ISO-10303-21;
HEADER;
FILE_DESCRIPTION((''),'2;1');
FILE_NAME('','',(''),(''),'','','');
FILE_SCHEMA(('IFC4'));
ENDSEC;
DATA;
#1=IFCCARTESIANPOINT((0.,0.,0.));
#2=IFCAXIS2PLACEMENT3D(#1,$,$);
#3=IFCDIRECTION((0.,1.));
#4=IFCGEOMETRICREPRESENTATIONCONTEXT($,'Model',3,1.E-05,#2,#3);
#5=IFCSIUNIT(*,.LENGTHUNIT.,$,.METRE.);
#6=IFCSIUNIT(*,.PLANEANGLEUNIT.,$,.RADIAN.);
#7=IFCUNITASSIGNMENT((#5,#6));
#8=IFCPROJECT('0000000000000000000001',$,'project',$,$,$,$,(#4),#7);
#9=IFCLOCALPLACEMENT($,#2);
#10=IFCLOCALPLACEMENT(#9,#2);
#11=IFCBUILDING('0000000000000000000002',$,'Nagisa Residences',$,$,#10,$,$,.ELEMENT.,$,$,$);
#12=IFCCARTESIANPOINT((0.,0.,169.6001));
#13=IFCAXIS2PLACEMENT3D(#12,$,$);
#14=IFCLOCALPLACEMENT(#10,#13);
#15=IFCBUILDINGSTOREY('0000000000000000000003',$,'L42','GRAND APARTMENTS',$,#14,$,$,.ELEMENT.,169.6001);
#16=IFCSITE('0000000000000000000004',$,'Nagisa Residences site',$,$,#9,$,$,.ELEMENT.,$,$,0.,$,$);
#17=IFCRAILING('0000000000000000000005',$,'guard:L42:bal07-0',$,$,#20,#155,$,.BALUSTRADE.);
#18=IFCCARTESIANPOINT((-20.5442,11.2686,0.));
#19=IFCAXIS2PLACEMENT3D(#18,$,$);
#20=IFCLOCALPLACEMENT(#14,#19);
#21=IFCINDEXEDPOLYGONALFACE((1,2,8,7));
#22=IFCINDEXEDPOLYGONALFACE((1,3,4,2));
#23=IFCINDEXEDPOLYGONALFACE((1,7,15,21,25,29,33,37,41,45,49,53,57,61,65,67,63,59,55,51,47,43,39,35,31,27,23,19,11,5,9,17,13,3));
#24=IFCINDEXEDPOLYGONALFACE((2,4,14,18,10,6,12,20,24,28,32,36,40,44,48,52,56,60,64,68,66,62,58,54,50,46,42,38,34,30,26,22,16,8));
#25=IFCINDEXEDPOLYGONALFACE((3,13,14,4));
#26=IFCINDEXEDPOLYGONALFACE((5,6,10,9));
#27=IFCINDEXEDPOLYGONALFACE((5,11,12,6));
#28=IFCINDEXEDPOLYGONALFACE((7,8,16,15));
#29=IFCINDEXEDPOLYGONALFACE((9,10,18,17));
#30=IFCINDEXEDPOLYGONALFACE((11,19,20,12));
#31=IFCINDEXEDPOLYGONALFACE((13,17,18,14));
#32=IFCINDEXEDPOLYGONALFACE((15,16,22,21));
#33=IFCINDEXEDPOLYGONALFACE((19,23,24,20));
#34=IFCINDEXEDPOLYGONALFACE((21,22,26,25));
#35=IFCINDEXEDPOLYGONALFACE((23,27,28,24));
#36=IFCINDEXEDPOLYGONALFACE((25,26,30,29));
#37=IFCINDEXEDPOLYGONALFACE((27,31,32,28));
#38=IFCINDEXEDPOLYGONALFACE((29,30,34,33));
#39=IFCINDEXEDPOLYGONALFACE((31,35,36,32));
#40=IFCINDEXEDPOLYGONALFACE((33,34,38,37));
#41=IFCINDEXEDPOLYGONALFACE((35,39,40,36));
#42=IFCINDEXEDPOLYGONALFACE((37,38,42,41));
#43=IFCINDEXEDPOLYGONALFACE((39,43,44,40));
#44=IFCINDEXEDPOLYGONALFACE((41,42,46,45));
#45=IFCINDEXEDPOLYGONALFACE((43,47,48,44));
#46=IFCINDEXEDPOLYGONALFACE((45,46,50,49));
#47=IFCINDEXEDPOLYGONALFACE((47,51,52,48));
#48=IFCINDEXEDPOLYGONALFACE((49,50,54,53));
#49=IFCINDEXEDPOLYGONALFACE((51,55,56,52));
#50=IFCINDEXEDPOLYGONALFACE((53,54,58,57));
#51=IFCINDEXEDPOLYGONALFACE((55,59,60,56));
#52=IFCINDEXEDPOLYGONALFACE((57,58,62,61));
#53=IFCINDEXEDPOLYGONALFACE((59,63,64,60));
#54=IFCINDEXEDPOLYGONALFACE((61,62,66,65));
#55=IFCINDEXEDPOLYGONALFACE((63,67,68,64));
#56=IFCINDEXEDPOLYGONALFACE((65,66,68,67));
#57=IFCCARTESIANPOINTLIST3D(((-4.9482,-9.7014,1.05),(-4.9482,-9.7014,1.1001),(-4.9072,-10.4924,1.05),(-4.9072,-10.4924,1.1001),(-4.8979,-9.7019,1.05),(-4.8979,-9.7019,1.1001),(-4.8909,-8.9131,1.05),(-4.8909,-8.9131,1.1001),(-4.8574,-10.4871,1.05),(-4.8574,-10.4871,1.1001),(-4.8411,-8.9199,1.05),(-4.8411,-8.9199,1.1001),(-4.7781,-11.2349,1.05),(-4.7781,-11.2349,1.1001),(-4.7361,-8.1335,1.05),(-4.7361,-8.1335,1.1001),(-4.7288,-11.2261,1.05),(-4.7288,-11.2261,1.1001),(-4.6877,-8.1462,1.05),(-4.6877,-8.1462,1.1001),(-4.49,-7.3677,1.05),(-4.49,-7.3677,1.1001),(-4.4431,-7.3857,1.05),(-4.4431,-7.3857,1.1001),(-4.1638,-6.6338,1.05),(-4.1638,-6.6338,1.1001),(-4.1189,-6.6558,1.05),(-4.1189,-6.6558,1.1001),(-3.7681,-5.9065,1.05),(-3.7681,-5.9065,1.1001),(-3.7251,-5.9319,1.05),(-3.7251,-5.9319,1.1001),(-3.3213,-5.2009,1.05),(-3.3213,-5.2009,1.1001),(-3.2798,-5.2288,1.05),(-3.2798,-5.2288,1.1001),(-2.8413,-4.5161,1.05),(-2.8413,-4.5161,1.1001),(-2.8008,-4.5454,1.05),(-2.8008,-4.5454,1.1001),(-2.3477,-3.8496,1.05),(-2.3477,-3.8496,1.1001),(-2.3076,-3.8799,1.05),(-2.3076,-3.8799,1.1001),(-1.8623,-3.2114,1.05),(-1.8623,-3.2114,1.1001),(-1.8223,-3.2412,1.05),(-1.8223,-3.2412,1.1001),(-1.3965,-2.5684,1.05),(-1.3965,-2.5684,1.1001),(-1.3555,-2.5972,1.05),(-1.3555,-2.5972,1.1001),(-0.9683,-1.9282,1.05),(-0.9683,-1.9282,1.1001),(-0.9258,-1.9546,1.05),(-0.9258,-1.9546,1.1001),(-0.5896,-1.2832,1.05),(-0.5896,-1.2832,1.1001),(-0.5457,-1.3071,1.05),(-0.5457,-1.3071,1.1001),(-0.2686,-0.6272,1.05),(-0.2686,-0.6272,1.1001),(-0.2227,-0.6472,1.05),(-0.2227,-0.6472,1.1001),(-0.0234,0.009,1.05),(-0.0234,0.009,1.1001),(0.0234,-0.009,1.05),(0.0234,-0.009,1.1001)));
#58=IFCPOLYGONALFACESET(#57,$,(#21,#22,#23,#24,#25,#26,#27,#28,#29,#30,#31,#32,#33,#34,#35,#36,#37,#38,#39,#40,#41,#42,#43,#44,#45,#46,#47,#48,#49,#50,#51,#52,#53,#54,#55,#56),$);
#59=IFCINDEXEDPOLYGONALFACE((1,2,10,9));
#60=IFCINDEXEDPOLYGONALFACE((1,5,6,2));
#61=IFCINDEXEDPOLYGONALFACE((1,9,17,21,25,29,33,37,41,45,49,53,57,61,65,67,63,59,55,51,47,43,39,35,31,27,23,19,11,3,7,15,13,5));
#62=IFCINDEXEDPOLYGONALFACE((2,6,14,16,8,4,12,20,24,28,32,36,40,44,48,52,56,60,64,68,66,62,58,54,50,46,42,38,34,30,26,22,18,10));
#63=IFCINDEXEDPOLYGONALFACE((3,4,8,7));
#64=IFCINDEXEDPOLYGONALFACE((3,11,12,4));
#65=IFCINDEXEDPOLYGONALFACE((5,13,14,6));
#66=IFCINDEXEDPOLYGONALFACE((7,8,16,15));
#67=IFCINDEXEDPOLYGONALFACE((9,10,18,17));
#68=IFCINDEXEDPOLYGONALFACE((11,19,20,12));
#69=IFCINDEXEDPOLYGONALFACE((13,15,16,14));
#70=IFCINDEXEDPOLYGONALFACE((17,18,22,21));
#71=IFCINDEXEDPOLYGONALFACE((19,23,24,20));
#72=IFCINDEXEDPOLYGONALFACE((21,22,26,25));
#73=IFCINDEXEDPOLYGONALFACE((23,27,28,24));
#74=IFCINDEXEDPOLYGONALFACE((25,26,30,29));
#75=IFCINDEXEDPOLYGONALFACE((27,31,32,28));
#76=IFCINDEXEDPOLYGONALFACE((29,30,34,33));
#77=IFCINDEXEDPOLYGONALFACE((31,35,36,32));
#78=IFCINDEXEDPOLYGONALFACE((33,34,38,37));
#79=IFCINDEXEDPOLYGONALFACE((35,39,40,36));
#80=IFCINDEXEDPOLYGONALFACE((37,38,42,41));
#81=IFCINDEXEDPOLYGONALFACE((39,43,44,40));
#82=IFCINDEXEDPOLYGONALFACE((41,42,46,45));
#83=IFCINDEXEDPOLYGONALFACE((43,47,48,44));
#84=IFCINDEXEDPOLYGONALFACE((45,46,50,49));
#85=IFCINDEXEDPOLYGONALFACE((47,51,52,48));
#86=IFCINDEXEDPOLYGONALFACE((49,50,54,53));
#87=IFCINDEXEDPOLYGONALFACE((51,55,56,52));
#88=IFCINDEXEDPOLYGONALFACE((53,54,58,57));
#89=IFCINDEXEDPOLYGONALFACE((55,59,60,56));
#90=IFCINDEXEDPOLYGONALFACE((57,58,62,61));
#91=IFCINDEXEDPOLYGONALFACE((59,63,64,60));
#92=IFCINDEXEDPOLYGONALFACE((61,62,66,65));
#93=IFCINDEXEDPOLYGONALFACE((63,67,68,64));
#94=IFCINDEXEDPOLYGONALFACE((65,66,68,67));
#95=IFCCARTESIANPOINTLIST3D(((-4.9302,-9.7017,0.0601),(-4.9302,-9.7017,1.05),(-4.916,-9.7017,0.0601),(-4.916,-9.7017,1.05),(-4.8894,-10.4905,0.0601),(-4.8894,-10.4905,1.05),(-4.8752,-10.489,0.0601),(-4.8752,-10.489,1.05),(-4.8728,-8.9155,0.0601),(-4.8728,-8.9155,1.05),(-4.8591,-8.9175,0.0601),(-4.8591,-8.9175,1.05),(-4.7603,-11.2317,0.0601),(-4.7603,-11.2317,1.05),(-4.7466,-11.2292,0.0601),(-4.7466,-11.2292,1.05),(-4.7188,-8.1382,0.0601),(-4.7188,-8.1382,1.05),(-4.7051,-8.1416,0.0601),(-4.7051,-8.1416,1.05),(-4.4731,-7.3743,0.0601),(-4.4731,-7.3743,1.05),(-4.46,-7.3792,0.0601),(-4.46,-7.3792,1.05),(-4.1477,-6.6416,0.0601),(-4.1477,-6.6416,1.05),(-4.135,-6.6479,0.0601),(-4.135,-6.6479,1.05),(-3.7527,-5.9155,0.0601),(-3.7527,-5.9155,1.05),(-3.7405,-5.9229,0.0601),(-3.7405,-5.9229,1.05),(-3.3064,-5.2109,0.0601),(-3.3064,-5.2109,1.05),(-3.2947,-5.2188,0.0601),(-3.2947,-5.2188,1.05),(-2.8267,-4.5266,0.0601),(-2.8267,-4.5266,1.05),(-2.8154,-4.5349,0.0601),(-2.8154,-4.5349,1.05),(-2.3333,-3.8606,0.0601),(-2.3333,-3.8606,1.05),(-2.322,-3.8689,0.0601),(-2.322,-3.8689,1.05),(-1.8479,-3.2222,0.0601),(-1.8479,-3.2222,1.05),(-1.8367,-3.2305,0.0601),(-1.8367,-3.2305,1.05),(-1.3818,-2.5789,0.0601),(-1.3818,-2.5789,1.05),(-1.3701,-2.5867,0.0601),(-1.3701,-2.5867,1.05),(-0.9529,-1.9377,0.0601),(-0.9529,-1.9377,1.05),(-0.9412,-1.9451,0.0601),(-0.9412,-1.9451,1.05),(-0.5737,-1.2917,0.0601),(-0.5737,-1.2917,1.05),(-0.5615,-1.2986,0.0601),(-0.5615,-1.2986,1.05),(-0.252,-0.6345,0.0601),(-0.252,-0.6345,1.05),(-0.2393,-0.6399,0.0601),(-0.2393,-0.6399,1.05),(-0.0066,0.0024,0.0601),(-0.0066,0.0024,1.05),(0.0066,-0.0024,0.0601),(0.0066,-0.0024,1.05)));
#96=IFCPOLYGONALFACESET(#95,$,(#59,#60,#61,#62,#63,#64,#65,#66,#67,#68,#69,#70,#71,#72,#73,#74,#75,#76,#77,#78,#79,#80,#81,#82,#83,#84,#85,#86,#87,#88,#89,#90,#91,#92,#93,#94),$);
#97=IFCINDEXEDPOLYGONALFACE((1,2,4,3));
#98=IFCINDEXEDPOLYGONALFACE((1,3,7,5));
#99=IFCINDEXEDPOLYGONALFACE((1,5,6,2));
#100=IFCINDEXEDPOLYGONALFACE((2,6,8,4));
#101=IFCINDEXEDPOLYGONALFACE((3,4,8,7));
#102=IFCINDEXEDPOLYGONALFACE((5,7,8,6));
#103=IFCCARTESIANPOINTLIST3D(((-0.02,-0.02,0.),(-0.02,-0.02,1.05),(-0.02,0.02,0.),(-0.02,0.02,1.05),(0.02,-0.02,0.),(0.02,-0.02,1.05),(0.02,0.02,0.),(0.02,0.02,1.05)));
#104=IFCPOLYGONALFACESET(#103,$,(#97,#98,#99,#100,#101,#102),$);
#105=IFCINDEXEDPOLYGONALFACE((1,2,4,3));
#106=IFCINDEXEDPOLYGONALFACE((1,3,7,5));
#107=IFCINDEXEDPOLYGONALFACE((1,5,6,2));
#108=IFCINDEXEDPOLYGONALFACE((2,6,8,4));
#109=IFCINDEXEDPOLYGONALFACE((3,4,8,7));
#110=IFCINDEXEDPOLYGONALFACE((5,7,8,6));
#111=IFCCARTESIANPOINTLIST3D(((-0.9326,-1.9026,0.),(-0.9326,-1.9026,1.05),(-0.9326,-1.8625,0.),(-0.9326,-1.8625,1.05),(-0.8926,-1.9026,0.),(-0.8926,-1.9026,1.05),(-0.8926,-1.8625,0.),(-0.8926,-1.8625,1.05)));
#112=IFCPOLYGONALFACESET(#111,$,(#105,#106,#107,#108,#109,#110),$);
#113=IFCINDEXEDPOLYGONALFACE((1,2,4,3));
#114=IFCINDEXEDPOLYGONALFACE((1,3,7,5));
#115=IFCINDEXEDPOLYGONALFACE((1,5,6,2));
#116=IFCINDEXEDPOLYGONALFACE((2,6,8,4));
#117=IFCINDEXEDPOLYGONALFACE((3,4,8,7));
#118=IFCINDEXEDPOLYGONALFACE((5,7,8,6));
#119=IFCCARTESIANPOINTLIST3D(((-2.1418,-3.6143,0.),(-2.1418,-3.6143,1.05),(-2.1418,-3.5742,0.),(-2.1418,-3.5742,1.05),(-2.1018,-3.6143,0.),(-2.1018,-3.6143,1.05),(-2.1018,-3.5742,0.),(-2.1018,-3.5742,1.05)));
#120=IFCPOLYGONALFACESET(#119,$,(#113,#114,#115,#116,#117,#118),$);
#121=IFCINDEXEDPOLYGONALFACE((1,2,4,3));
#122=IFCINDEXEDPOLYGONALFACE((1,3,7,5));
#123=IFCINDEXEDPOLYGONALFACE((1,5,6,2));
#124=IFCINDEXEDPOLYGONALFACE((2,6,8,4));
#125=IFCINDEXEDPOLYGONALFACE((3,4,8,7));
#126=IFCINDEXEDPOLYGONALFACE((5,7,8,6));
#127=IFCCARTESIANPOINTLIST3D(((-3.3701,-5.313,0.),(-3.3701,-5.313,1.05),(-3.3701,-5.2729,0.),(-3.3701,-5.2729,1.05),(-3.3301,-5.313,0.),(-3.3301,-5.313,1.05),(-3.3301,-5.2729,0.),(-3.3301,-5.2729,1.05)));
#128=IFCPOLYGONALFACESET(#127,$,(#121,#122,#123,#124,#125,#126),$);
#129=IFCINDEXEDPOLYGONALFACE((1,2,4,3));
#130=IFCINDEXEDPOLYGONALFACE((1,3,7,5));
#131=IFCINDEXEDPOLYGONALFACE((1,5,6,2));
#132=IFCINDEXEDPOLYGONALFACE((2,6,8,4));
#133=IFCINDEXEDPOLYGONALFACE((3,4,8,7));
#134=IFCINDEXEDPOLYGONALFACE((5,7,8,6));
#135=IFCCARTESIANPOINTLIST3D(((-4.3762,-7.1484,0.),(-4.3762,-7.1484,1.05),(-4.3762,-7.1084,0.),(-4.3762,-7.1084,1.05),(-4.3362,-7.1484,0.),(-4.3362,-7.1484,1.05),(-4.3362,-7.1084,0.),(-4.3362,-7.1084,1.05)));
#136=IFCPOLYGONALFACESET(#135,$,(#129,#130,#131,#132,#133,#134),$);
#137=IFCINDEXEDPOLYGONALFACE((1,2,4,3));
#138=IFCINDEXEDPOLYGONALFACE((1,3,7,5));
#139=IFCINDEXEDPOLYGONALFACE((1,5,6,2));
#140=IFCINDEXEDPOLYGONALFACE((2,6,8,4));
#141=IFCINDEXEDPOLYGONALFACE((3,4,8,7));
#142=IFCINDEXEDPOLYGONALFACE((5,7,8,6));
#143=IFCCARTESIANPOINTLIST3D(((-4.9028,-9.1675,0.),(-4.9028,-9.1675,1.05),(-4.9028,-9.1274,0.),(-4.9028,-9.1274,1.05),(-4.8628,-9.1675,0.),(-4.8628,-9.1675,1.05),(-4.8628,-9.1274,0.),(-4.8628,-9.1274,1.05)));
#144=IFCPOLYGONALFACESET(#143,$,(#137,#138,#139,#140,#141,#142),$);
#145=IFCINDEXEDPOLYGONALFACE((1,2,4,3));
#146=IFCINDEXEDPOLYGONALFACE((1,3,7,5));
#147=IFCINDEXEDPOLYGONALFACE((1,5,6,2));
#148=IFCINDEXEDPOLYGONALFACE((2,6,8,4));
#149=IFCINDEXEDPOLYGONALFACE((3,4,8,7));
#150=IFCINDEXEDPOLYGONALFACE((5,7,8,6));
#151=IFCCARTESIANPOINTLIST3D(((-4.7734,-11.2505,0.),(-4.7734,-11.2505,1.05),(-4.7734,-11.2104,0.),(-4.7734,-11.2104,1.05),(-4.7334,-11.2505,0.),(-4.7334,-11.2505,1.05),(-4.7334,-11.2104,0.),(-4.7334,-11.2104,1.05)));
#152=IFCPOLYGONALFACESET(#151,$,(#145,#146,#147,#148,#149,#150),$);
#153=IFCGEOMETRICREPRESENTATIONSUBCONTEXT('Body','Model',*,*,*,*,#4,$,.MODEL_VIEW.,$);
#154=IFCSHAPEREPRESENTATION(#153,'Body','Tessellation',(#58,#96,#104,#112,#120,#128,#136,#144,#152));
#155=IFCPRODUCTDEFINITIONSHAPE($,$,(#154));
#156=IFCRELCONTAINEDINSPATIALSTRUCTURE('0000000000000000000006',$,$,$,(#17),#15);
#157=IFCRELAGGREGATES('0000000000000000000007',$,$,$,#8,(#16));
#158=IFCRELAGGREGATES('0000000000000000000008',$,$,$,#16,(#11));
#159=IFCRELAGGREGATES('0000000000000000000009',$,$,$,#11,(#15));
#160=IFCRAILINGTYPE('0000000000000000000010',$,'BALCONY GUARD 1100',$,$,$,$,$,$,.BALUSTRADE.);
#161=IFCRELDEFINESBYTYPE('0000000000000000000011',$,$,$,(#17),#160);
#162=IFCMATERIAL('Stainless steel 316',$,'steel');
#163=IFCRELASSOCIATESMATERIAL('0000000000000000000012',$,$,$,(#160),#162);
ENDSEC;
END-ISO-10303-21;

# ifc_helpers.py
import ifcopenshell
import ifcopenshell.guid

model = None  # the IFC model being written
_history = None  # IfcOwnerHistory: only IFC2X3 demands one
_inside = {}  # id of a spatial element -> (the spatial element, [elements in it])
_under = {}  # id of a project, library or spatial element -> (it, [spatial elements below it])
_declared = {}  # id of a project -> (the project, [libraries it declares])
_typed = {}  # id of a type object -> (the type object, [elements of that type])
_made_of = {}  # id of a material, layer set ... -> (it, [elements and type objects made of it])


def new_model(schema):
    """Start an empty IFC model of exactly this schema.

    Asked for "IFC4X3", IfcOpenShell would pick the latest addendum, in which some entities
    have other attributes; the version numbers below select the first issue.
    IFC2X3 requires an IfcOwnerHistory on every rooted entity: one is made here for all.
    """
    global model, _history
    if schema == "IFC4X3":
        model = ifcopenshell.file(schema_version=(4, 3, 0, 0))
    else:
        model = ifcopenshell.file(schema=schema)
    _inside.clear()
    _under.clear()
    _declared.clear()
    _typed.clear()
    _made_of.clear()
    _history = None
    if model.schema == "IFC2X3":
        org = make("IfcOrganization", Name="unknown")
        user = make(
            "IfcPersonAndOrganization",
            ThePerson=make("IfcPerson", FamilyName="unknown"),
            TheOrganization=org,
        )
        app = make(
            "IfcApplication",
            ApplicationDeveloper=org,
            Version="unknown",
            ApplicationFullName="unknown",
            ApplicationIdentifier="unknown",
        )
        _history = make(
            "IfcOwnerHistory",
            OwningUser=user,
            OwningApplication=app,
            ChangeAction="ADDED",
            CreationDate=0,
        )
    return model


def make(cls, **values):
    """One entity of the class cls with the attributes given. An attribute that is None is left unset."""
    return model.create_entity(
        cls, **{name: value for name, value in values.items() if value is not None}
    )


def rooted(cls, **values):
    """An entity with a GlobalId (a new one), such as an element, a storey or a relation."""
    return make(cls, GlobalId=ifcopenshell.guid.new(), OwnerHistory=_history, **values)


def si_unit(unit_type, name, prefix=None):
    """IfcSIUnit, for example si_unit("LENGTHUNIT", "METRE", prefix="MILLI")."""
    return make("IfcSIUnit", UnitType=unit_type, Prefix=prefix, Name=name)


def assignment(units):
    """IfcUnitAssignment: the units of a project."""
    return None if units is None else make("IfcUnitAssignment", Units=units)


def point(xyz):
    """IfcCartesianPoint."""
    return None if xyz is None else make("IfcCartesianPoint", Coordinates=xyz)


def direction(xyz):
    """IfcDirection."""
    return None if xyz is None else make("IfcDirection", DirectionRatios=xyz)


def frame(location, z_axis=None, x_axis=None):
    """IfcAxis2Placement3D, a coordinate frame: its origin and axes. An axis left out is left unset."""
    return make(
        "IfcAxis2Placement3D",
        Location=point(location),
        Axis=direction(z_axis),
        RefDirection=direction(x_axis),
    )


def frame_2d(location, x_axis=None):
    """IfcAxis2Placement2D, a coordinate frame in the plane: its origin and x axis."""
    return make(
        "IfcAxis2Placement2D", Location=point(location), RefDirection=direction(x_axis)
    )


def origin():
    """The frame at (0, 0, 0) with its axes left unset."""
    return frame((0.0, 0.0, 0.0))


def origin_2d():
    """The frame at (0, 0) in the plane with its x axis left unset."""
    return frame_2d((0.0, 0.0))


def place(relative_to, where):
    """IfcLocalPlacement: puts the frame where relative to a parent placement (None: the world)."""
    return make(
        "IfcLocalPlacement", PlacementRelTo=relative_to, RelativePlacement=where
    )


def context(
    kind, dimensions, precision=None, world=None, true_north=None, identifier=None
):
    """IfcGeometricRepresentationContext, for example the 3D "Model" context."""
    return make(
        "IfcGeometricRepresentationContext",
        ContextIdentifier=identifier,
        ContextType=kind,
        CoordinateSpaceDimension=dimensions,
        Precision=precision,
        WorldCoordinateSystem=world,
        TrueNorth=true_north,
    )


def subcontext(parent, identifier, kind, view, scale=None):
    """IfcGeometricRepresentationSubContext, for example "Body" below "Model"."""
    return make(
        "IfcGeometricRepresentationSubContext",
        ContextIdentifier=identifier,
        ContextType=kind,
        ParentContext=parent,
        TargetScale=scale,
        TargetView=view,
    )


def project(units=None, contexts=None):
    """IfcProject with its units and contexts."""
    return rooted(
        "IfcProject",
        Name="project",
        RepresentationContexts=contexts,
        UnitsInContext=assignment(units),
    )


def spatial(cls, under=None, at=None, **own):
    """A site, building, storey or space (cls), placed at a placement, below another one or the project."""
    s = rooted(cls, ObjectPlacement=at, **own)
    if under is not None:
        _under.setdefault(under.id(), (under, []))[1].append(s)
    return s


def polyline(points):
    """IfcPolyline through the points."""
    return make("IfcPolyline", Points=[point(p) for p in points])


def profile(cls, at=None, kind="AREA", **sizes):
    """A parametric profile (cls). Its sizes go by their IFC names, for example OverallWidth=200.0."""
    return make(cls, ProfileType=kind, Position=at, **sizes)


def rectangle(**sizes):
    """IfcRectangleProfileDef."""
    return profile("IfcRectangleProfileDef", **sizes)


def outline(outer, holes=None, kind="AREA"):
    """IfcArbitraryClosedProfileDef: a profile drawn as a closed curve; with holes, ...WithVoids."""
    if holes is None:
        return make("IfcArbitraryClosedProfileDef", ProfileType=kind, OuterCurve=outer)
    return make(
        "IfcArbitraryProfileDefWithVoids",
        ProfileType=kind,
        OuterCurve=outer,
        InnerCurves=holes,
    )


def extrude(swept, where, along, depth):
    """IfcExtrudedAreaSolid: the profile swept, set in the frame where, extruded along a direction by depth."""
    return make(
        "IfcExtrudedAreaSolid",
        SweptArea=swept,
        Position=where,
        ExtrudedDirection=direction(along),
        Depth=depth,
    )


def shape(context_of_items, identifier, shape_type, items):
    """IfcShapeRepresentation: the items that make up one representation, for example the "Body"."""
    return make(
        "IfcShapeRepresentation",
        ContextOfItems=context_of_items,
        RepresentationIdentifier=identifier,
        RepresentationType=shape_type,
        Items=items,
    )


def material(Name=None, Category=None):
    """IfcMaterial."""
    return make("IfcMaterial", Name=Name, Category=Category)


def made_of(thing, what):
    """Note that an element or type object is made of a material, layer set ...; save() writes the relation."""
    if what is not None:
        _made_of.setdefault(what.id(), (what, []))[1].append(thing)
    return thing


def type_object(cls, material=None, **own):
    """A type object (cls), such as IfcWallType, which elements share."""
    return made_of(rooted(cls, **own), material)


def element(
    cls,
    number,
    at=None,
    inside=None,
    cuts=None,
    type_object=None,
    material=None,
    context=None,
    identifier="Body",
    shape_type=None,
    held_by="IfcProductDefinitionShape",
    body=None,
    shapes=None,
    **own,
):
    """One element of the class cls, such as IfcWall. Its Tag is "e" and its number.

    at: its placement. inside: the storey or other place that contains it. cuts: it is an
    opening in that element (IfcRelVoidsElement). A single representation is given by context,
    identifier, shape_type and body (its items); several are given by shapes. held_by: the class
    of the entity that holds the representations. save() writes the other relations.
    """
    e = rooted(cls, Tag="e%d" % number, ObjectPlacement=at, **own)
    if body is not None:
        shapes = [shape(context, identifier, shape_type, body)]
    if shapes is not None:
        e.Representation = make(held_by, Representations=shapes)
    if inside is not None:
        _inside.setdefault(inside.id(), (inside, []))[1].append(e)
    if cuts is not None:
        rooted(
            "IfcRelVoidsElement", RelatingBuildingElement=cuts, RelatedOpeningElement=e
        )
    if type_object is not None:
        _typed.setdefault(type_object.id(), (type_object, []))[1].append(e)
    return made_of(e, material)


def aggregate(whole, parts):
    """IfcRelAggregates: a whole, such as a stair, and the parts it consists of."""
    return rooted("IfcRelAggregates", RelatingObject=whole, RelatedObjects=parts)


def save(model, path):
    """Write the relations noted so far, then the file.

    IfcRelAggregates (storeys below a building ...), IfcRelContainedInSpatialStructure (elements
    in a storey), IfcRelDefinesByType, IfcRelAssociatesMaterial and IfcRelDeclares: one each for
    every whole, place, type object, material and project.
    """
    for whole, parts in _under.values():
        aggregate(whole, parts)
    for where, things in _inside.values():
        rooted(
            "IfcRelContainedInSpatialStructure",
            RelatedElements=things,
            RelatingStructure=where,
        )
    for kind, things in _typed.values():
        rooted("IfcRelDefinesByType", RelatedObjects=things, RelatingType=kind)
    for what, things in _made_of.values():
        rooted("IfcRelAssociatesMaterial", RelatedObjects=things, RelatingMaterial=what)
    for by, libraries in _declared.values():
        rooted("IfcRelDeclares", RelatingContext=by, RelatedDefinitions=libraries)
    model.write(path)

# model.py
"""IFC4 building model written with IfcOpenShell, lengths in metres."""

from ifc_helpers import new_model, si_unit, direction, frame, origin, origin_2d, place, context, subcontext, project, spatial, polyline, rectangle, outline, extrude, material, type_object, element, save


model = new_model("IFC4")

# Units and contexts
model_context = context("Model", 3, precision=1e-05, world=origin(), true_north=direction((0.0, 1.0)))
body_context = subcontext(model_context, "Body", "Model", "MODEL_VIEW")
ifc_project = project(units=[si_unit("LENGTHUNIT", "METRE"), si_unit("PLANEANGLEUNIT", "RADIAN")], contexts=[model_context])

# Site, building, storey
site_placement = place(None, origin())
site = spatial("IfcSite", under=ifc_project, at=site_placement, Name="Nagisa Residences site", CompositionType="ELEMENT", RefElevation=0.0)
building_placement = place(site_placement, origin())
building = spatial("IfcBuilding", under=site, at=building_placement, Name="Nagisa Residences", CompositionType="ELEMENT")
storey_placement = place(building_placement, frame((0.0, 0.0, 169.6001)))
storey = spatial("IfcBuildingStorey", under=building, at=storey_placement, Name="L42", Description="GRAND APARTMENTS", CompositionType="ELEMENT", Elevation=169.6001)

# Railing
ifc_material_1 = material(Name="Stainless steel 316", Category="steel")
railing_type = type_object("IfcRailingType", Name="BALCONY GUARD 1100", PredefinedType="BALUSTRADE", material=ifc_material_1)
railing_placement = place(storey_placement, frame((-20.5442, 11.2686, 0.0)))
element("IfcRailing", 1, at=railing_placement, inside=storey, type_object=railing_type, Name="guard:L42:bal07-0", PredefinedType="BALUSTRADE", context=body_context, shape_type="SweptSolid", body=[
    extrude(outline(polyline([(-0.2227, -0.6472), (0.0234, -0.009), (-0.0234, 0.009), (-0.2686, -0.6272), (-0.5896, -1.2832), (-0.9683, -1.9282), (-1.3965, -2.5684), (-1.8623, -3.2114), (-2.3477, -3.8496), (-2.8413, -4.5161), (-3.3213, -5.2009), (-3.7681, -5.9065), (-4.1638, -6.6338), (-4.49, -7.3677), (-4.7361, -8.1335), (-4.8909, -8.9131), (-4.9482, -9.7014), (-4.9072, -10.4924), (-4.7781, -11.2349), (-4.7288, -11.2261), (-4.8574, -10.4871), (-4.8979, -9.7019), (-4.8411, -8.9199), (-4.6877, -8.1462), (-4.4431, -7.3857), (-4.1189, -6.6558), (-3.7251, -5.9319), (-3.2798, -5.2288), (-2.8008, -4.5454), (-2.3076, -3.8799), (-1.8223, -3.2412), (-1.3555, -2.5972), (-0.9258, -1.9546), (-0.5457, -1.3071), (-0.2227, -0.6472)])), frame((0.0, 0.0, 1.05)), (0.0, 0.0, 1.0), 0.05),
    extrude(outline(polyline([(-0.2393, -0.6399), (0.0066, -0.0024), (-0.0066, 0.0024), (-0.252, -0.6345), (-0.5737, -1.2917), (-0.9529, -1.9377), (-1.3818, -2.5789), (-1.8479, -3.2222), (-2.3333, -3.8606), (-2.8267, -4.5266), (-3.3064, -5.2109), (-3.7527, -5.9155), (-4.1477, -6.6416), (-4.4731, -7.3743), (-4.7188, -8.1382), (-4.8728, -8.9155), (-4.9302, -9.7017), (-4.8894, -10.4905), (-4.7603, -11.2317), (-4.7466, -11.2292), (-4.8752, -10.489), (-4.916, -9.7017), (-4.8591, -8.9175), (-4.7051, -8.1416), (-4.46, -7.3792), (-4.135, -6.6479), (-3.7405, -5.9229), (-3.2947, -5.2188), (-2.8154, -4.5349), (-2.322, -3.8689), (-1.8367, -3.2305), (-1.3701, -2.5867), (-0.9412, -1.9451), (-0.5615, -1.2986), (-0.2393, -0.6399)])), frame((0.0, 0.0, 0.0601)), (0.0, 0.0, 1.0), 0.99),
    extrude(rectangle(XDim=0.04, YDim=0.04, at=origin_2d()), origin(), (0.0, 0.0, 1.0), 1.05),
    extrude(rectangle(XDim=0.04, YDim=0.04, at=origin_2d()), frame((-0.9126, -1.8826, 0.0)), (0.0, 0.0, 1.0), 1.05),
    extrude(rectangle(XDim=0.04, YDim=0.04, at=origin_2d()), frame((-2.1218, -3.5942, 0.0)), (0.0, 0.0, 1.0), 1.05),
    extrude(rectangle(XDim=0.04, YDim=0.04, at=origin_2d()), frame((-3.3501, -5.293, 0.0)), (0.0, 0.0, 1.0), 1.05),
    extrude(rectangle(XDim=0.04, YDim=0.04, at=origin_2d()), frame((-4.3562, -7.1284, 0.0)), (0.0, 0.0, 1.0), 1.05),
    extrude(rectangle(XDim=0.04, YDim=0.04, at=origin_2d()), frame((-4.8828, -9.1475, 0.0)), (0.0, 0.0, 1.0), 1.05),
    extrude(rectangle(XDim=0.04, YDim=0.04, at=origin_2d()), frame((-4.7534, -11.2305, 0.0)), (0.0, 0.0, 1.0), 1.05),
])

save(model, "model.ifc")
